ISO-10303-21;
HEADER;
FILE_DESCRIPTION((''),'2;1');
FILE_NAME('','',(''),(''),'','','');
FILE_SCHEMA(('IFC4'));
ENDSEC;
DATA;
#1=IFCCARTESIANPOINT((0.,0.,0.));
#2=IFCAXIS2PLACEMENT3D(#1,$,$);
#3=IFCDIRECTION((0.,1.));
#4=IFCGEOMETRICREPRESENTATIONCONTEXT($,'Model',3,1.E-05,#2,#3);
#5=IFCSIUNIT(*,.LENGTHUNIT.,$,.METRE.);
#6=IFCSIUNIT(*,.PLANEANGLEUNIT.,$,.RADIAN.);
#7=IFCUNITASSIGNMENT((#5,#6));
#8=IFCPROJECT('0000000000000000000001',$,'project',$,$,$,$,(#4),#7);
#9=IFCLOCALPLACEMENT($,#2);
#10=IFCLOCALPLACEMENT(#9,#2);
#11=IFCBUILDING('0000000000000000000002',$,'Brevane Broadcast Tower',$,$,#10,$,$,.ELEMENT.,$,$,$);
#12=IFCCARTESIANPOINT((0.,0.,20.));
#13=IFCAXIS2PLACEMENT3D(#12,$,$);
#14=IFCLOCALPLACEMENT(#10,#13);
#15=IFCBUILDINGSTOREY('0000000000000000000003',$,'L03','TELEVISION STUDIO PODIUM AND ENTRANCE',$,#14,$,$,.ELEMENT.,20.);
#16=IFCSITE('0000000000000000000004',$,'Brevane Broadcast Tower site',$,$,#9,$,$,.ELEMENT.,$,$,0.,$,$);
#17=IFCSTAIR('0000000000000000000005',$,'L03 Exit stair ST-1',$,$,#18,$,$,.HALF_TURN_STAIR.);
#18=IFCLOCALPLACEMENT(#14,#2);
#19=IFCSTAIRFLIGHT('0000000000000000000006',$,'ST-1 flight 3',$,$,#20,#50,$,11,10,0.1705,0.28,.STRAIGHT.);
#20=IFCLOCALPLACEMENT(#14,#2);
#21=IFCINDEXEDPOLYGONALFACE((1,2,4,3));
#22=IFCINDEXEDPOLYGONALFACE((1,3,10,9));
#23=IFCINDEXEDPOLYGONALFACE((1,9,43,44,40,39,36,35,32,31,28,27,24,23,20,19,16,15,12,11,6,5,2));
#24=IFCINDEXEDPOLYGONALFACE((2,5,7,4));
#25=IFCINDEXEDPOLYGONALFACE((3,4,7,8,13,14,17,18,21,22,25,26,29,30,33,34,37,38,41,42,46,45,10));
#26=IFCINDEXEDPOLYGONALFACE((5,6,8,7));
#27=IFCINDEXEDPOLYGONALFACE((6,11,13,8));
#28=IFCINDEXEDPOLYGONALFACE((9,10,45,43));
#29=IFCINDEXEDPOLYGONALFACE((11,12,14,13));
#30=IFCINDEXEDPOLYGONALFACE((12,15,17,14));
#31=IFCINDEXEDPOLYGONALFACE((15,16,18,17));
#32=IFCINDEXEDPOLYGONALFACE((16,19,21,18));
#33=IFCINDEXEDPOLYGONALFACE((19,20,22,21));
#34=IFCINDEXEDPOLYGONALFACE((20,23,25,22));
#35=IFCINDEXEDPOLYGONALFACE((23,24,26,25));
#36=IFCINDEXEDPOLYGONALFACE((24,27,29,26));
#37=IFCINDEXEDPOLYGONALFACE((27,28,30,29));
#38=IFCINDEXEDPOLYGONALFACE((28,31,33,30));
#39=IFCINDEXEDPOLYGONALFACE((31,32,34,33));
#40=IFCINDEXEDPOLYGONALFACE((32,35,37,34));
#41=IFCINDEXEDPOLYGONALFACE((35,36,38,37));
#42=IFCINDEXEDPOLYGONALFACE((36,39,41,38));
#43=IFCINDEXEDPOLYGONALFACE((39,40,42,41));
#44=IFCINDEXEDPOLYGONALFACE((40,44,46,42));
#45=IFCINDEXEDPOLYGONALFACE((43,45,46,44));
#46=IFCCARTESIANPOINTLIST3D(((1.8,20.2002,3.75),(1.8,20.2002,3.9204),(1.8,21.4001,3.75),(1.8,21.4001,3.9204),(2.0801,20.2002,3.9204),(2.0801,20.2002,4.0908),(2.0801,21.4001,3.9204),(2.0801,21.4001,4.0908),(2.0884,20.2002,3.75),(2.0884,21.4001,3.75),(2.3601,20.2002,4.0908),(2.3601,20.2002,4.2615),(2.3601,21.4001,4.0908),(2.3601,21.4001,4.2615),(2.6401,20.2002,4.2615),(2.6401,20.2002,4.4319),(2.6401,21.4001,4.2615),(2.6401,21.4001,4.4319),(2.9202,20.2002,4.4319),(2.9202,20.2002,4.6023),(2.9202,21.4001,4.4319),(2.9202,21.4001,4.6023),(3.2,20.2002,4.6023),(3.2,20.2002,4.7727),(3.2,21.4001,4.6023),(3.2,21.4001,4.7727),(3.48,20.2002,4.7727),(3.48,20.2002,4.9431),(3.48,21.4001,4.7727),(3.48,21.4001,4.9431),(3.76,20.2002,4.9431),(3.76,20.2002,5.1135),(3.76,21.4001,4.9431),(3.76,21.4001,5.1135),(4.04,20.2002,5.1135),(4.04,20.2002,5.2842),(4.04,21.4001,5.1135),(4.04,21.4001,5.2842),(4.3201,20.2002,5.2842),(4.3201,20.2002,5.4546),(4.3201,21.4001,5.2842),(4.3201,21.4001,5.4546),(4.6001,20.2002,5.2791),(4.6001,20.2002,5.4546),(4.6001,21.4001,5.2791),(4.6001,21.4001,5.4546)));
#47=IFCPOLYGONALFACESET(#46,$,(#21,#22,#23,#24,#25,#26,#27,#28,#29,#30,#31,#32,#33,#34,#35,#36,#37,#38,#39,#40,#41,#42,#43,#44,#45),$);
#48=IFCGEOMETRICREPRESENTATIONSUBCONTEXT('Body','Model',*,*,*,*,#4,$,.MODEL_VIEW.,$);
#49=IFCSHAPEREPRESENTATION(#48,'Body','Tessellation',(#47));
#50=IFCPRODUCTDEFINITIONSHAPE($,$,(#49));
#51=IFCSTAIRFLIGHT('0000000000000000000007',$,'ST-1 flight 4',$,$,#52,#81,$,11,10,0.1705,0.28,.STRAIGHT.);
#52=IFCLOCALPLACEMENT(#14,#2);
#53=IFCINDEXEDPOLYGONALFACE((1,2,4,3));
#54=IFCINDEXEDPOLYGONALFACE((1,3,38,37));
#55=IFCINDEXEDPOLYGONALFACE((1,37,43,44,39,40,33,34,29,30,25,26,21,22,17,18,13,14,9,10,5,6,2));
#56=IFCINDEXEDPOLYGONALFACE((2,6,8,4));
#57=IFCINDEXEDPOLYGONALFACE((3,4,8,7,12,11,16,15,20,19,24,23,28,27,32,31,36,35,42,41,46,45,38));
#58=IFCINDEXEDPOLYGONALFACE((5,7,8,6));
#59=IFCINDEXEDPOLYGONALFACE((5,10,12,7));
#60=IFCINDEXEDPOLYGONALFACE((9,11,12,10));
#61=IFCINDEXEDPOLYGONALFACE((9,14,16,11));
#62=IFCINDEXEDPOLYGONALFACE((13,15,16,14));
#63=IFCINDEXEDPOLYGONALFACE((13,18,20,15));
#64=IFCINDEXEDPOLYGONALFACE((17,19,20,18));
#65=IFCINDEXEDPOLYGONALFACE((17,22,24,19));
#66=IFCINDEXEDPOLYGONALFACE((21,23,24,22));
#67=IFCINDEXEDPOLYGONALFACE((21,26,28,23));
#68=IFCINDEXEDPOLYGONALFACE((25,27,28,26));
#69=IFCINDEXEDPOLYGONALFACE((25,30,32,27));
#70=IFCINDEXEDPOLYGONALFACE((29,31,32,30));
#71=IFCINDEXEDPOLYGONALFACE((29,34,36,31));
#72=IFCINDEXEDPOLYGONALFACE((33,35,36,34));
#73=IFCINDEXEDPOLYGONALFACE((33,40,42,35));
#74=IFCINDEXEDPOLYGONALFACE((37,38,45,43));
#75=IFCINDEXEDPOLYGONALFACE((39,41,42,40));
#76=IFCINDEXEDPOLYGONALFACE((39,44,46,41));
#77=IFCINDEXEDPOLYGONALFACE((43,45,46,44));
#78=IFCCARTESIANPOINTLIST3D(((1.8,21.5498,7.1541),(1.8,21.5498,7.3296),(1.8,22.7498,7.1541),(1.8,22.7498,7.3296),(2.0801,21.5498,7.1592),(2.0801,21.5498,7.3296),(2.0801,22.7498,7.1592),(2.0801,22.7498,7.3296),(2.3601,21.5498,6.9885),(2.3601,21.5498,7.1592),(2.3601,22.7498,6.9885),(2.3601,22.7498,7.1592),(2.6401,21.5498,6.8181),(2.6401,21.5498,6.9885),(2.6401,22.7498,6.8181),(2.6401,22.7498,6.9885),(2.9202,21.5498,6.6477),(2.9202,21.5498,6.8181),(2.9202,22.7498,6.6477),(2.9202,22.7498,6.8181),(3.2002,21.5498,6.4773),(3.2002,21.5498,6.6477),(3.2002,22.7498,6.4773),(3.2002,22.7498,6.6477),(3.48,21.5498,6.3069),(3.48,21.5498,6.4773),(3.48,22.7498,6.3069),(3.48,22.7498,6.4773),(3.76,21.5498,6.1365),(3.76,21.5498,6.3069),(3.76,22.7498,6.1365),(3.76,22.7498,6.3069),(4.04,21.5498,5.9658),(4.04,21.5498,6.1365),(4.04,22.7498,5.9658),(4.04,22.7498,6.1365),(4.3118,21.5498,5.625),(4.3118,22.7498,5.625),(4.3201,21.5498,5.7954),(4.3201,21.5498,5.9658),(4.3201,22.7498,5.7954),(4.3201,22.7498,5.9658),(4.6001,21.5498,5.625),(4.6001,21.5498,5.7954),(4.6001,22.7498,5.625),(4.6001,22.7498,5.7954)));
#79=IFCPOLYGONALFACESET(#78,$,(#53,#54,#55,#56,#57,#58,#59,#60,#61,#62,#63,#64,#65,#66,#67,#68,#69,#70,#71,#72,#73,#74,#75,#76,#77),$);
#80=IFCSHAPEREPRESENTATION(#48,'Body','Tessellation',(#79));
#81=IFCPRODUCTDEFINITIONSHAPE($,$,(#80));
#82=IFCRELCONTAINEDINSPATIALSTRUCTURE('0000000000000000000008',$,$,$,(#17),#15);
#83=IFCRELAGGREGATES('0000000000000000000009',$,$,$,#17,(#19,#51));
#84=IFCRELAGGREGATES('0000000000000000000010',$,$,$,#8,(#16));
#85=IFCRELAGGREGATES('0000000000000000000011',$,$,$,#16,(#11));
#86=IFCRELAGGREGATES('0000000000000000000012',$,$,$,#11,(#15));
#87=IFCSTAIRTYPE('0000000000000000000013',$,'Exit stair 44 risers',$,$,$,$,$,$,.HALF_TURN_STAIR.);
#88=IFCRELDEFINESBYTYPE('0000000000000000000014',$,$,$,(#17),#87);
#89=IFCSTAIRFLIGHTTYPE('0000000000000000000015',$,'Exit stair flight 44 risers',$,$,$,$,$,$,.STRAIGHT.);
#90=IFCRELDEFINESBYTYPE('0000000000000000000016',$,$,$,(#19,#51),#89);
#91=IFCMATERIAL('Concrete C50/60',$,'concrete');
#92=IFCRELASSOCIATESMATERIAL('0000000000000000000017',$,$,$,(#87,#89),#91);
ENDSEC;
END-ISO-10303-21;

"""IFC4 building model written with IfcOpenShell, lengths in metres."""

from ifc_helpers import new_model, si_unit, direction, frame, origin, place, context, subcontext, project, spatial, polyline, outline, extrude, material, type_object, element, aggregate, save


model = new_model("IFC4")

# Units and contexts
model_context = context("Model", 3, precision=1e-05, world=origin(), true_north=direction((0.0, 1.0)))
body_context = subcontext(model_context, "Body", "Model", "MODEL_VIEW")
ifc_project = project(units=[si_unit("LENGTHUNIT", "METRE"), si_unit("PLANEANGLEUNIT", "RADIAN")], contexts=[model_context])

# Site, building, storey
site_placement = place(None, origin())
site = spatial("IfcSite", under=ifc_project, at=site_placement, Name="Brevane Broadcast Tower site", CompositionType="ELEMENT", RefElevation=0.0)
building_placement = place(site_placement, origin())
building = spatial("IfcBuilding", under=site, at=building_placement, Name="Brevane Broadcast Tower", CompositionType="ELEMENT")
storey_placement = place(building_placement, frame((0.0, 0.0, 20.0)))
storey = spatial("IfcBuildingStorey", under=building, at=storey_placement, Name="L03", Description="TELEVISION STUDIO PODIUM AND ENTRANCE", CompositionType="ELEMENT", Elevation=20.0)

# Stair, stair flights
ifc_material_1 = material(Name="Concrete C50/60", Category="concrete")
stair_type = type_object("IfcStairType", Name="Exit stair 44 risers", PredefinedType="HALF_TURN_STAIR", material=ifc_material_1)
stair_placement = place(storey_placement, origin())
stair = element("IfcStair", 1, at=stair_placement, inside=storey, type_object=stair_type, Name="L03 Exit stair ST-1", PredefinedType="HALF_TURN_STAIR")
stair_flight_type = type_object("IfcStairFlightType", Name="Exit stair flight 44 risers", PredefinedType="STRAIGHT", material=ifc_material_1)
stair_flight_1_placement = place(storey_placement, frame((1.8, 20.8, 3.75), z_axis=(0.0, 0.0, 1.0), x_axis=(1.0, 0.0, 0.0)))
stair_flight_1 = element("IfcStairFlight", 2, at=stair_flight_1_placement, type_object=stair_flight_type, Name="ST-1 flight 3", NumberOfRisers=11, NumberOfTreads=10, PredefinedType="STRAIGHT", RiserHeight=0.1705, TreadLength=0.28, context=body_context, shape_type="SweptSolid", body=[
    extrude(outline(polyline([(0.0, 0.0), (0.0, 0.1704), (0.28, 0.1704), (0.28, 0.3408), (0.5601, 0.3408), (0.5601, 0.5115), (0.8401, 0.5115), (0.8401, 0.6819), (1.1201, 0.6819), (1.1201, 0.8523), (1.3999, 0.8523), (1.3999, 1.0227), (1.6799, 1.0227), (1.6799, 1.1931), (1.96, 1.1931), (1.96, 1.3635), (2.24, 1.3635), (2.24, 1.5342), (2.52, 1.5342), (2.52, 1.7046), (2.8, 1.7046), (2.8, 1.875), (2.8, 1.5291), (0.2883, 0.0), (0.0, 0.0)])), frame((0.0, 0.6001, 0.0), z_axis=(0.0, -1.0, 0.0), x_axis=(1.0, 0.0, 0.0)), (0.0, 0.0, 1.0), 1.2),
])
stair_flight_2_placement = place(storey_placement, frame((4.6001, 22.1499, 5.625), z_axis=(0.0, 0.0, 1.0), x_axis=(-1.0, 0.0, 0.0)))
stair_flight_2 = element("IfcStairFlight", 3, at=stair_flight_2_placement, type_object=stair_flight_type, Name="ST-1 flight 4", NumberOfRisers=11, NumberOfTreads=10, PredefinedType="STRAIGHT", RiserHeight=0.1705, TreadLength=0.28, context=body_context, shape_type="SweptSolid", body=[
    extrude(outline(polyline([(0.0, 0.0), (0.0, 0.1704), (0.28, 0.1704), (0.28, 0.3408), (0.5601, 0.3408), (0.5601, 0.5115), (0.8401, 0.5115), (0.8401, 0.6819), (1.1201, 0.6819), (1.1201, 0.8523), (1.3999, 0.8523), (1.3999, 1.0227), (1.6799, 1.0227), (1.6799, 1.1931), (1.96, 1.1931), (1.96, 1.3635), (2.24, 1.3635), (2.24, 1.5342), (2.52, 1.5342), (2.52, 1.7046), (2.8, 1.7046), (2.8, 1.875), (2.8, 1.5291), (0.2883, 0.0), (0.0, 0.0)])), frame((0.0, 0.6001, 0.0), z_axis=(0.0, -1.0, 0.0), x_axis=(1.0, 0.0, 0.0)), (0.0, 0.0, 1.0), 1.2),
])
aggregate(stair, [stair_flight_1, stair_flight_2])

save(model, "model.ifc")
